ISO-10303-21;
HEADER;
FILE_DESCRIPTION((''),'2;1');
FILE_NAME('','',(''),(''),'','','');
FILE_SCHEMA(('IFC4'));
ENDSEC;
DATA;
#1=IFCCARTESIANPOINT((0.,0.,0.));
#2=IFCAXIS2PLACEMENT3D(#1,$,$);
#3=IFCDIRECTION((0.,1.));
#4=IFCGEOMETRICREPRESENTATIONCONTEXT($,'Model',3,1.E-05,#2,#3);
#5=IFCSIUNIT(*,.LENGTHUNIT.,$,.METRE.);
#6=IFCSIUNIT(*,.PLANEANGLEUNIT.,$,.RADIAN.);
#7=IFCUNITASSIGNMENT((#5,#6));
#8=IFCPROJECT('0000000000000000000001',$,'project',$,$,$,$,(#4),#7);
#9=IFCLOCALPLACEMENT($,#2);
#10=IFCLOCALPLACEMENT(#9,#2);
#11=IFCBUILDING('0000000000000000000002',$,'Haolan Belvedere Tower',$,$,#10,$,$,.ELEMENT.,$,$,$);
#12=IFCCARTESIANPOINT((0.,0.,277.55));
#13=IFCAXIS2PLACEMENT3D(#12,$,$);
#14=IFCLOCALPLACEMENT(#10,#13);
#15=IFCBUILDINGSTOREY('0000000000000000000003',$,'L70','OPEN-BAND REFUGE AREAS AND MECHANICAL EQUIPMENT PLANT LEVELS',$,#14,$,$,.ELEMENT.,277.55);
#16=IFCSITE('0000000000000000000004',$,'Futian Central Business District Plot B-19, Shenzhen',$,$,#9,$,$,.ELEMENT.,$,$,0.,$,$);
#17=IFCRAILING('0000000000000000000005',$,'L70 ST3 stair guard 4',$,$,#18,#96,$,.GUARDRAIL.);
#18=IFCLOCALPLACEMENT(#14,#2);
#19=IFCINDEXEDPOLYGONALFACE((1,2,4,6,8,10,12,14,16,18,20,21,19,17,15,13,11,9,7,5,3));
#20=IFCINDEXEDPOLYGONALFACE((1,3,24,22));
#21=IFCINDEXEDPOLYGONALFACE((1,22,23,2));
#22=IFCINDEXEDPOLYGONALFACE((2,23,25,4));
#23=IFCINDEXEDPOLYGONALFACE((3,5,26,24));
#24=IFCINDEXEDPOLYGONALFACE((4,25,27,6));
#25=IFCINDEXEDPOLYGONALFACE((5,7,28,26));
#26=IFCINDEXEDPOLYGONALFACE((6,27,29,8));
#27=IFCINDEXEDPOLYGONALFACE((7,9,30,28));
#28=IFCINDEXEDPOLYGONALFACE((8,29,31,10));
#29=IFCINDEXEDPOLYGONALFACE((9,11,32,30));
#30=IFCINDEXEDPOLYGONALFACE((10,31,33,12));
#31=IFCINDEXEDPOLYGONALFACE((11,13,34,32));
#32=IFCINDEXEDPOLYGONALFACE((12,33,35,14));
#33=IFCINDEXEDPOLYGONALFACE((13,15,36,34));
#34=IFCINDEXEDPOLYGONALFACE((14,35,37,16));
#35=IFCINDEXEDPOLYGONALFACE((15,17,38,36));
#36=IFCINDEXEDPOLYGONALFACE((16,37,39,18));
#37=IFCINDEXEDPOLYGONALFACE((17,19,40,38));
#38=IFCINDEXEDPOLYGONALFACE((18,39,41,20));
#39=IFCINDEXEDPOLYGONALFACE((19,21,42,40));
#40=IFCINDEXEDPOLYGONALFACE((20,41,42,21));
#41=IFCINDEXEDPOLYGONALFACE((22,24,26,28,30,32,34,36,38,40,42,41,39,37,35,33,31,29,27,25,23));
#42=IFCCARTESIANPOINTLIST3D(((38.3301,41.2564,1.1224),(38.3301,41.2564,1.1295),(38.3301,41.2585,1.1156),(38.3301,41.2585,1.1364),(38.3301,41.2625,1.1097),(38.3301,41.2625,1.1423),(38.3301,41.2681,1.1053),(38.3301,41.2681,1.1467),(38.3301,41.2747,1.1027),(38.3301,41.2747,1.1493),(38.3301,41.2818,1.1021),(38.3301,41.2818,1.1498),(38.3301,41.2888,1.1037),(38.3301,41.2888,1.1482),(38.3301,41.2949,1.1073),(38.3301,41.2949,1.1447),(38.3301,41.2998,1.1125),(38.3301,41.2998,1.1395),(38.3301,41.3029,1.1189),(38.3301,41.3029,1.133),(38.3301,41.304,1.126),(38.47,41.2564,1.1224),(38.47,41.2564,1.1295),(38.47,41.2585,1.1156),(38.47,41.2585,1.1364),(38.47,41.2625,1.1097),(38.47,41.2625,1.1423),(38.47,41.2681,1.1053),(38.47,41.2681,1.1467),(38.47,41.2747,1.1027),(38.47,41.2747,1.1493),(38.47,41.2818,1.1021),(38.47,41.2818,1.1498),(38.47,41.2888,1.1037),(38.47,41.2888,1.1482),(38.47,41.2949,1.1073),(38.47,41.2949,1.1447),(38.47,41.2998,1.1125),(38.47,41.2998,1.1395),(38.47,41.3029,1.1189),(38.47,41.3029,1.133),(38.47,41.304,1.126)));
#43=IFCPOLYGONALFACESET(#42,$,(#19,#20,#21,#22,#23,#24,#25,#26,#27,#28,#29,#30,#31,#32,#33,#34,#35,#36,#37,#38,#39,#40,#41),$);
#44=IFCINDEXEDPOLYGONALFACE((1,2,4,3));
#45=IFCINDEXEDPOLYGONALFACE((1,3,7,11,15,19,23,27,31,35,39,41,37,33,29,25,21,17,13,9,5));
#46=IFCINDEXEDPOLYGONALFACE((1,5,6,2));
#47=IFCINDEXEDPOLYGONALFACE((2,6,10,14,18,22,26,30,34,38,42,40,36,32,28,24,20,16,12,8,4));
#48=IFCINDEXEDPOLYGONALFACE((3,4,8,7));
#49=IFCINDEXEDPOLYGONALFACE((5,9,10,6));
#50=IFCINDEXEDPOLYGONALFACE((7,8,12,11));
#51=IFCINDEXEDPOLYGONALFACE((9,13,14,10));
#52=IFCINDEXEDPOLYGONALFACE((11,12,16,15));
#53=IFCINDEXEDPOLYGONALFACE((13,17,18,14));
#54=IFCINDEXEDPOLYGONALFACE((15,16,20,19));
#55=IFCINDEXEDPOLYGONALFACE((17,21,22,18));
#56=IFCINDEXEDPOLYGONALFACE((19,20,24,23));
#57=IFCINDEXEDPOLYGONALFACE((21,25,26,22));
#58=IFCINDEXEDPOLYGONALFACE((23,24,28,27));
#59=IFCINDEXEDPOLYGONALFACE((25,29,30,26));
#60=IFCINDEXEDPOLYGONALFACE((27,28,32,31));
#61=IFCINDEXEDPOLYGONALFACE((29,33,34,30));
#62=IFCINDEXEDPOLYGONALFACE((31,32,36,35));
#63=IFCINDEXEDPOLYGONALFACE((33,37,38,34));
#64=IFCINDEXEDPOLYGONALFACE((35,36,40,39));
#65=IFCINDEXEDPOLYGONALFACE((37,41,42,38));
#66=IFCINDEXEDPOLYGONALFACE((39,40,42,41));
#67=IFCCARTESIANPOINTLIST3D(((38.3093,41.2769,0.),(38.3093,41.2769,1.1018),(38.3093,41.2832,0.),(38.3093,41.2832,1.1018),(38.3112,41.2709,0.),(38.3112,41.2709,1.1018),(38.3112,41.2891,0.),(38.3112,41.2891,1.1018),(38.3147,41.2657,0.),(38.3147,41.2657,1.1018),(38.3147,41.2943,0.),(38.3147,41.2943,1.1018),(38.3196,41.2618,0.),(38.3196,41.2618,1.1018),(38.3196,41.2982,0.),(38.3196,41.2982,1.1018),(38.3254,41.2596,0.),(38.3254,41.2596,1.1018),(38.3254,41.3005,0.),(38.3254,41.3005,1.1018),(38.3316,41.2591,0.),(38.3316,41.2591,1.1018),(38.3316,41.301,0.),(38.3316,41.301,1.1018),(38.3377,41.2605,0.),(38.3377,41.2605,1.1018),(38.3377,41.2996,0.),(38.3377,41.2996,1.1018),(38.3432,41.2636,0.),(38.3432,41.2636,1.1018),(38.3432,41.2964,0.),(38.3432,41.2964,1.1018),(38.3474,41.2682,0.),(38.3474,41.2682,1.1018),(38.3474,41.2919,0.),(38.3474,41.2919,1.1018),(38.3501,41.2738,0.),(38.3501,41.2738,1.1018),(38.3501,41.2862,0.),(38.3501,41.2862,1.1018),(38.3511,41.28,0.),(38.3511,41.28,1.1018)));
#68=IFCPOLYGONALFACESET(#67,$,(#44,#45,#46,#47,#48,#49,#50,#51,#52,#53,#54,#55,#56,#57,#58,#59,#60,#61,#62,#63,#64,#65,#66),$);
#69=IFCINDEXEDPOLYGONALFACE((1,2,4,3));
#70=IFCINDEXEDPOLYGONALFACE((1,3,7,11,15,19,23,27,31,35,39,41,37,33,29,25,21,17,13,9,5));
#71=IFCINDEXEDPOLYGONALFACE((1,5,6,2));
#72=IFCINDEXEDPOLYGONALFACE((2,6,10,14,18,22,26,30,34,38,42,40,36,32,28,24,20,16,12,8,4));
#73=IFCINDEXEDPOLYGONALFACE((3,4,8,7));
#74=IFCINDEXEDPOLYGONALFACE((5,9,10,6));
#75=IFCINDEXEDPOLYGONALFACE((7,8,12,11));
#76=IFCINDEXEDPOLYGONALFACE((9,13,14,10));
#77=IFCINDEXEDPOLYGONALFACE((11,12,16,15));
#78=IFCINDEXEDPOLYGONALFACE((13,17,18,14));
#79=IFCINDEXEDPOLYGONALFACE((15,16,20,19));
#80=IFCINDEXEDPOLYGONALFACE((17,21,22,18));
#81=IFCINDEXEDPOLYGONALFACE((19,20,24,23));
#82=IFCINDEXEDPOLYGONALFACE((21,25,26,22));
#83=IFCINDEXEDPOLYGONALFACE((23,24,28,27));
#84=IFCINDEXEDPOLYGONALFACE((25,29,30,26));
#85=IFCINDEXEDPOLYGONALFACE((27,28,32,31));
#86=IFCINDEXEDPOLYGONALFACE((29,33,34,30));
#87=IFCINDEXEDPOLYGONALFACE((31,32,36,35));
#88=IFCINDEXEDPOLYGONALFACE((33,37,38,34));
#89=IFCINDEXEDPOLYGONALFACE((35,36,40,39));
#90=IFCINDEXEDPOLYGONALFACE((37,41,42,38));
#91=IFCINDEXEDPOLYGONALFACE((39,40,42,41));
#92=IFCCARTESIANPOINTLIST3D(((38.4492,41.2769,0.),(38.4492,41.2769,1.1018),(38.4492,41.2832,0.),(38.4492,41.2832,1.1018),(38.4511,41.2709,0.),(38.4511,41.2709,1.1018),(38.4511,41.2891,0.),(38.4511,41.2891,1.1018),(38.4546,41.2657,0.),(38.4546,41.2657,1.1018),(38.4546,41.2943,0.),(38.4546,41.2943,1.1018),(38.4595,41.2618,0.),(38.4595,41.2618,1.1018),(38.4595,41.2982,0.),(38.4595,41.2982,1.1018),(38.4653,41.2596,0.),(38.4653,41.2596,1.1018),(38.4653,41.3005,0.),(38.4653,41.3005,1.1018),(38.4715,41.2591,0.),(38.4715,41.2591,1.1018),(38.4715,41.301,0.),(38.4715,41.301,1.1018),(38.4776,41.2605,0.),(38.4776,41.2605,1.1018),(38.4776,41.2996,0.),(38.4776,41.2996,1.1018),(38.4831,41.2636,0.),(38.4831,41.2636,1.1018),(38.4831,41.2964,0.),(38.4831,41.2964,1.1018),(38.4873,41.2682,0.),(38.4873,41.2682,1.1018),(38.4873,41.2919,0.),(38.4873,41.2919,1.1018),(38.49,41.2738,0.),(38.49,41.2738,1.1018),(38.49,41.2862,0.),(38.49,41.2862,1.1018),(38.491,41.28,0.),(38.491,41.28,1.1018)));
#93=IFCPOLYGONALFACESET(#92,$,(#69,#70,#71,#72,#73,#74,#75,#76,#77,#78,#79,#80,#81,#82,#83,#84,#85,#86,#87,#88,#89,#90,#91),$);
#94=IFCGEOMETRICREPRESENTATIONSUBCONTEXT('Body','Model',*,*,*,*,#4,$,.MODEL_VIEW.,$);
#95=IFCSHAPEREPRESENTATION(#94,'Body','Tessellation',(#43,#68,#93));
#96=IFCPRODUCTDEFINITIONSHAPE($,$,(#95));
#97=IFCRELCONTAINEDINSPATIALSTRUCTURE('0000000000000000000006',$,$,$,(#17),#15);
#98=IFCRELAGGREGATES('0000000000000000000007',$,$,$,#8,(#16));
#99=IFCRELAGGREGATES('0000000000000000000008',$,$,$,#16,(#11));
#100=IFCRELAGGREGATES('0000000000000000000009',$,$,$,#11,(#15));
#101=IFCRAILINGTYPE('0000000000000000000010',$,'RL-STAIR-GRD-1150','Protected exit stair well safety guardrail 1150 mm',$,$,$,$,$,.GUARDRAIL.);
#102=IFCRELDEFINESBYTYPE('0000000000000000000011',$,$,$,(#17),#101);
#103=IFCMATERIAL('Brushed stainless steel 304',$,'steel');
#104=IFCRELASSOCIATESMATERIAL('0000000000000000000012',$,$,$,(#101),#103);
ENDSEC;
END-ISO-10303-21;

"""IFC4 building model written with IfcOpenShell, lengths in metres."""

from ifc_helpers import new_model, si_unit, direction, frame, origin, origin_2d, place, context, subcontext, project, spatial, circle, extrude, material, type_object, element, save


model = new_model("IFC4")

# Units and contexts
model_context = context("Model", 3, precision=1e-05, world=origin(), true_north=direction((0.0, 1.0)))
body_context = subcontext(model_context, "Body", "Model", "MODEL_VIEW")
ifc_project = project(units=[si_unit("LENGTHUNIT", "METRE"), si_unit("PLANEANGLEUNIT", "RADIAN")], contexts=[model_context])

# Site, building, storey
site_placement = place(None, origin())
site = spatial("IfcSite", under=ifc_project, at=site_placement, Name="Futian Central Business District Plot B-19, Shenzhen", CompositionType="ELEMENT", RefElevation=0.0)
building_placement = place(site_placement, origin())
building = spatial("IfcBuilding", under=site, at=building_placement, Name="Haolan Belvedere Tower", CompositionType="ELEMENT")
storey_placement = place(building_placement, frame((0.0, 0.0, 277.55)))
storey = spatial("IfcBuildingStorey", under=building, at=storey_placement, Name="L70", Description="OPEN-BAND REFUGE AREAS AND MECHANICAL EQUIPMENT PLANT LEVELS", CompositionType="ELEMENT", Elevation=277.55)

# Railing
ifc_material_1 = material(Name="Brushed stainless steel 304", Category="steel")
railing_type_1 = type_object("IfcRailingType", Name="RL-STAIR-GRD-1150", Description="Protected exit stair well safety guardrail 1150 mm", PredefinedType="GUARDRAIL", material=ifc_material_1)
railing_1_placement = place(storey_placement, frame((38.3301, 41.28, 0.0)))
element("IfcRailing", 1, at=railing_1_placement, inside=storey, type_object=railing_type_1, Name="L70 ST3 stair guard 4", PredefinedType="GUARDRAIL", context=body_context, shape_type="SweptSolid", body=[
    extrude(circle(Radius=0.0239, at=origin_2d()), frame((0.0, 0.0, 1.126), z_axis=(1.0, 0.0, 0.0), x_axis=(0.0, 1.0, 0.0)), (0.0, 0.0, 1.0), 0.1399),
    extrude(circle(Radius=0.021, at=origin_2d()), origin(), (0.0, 0.0, 1.0), 1.1018),
    extrude(circle(Radius=0.021, at=origin_2d()), frame((0.1399, 0.0, 0.0)), (0.0, 0.0, 1.0), 1.1018),
])

save(model, "model.ifc")
